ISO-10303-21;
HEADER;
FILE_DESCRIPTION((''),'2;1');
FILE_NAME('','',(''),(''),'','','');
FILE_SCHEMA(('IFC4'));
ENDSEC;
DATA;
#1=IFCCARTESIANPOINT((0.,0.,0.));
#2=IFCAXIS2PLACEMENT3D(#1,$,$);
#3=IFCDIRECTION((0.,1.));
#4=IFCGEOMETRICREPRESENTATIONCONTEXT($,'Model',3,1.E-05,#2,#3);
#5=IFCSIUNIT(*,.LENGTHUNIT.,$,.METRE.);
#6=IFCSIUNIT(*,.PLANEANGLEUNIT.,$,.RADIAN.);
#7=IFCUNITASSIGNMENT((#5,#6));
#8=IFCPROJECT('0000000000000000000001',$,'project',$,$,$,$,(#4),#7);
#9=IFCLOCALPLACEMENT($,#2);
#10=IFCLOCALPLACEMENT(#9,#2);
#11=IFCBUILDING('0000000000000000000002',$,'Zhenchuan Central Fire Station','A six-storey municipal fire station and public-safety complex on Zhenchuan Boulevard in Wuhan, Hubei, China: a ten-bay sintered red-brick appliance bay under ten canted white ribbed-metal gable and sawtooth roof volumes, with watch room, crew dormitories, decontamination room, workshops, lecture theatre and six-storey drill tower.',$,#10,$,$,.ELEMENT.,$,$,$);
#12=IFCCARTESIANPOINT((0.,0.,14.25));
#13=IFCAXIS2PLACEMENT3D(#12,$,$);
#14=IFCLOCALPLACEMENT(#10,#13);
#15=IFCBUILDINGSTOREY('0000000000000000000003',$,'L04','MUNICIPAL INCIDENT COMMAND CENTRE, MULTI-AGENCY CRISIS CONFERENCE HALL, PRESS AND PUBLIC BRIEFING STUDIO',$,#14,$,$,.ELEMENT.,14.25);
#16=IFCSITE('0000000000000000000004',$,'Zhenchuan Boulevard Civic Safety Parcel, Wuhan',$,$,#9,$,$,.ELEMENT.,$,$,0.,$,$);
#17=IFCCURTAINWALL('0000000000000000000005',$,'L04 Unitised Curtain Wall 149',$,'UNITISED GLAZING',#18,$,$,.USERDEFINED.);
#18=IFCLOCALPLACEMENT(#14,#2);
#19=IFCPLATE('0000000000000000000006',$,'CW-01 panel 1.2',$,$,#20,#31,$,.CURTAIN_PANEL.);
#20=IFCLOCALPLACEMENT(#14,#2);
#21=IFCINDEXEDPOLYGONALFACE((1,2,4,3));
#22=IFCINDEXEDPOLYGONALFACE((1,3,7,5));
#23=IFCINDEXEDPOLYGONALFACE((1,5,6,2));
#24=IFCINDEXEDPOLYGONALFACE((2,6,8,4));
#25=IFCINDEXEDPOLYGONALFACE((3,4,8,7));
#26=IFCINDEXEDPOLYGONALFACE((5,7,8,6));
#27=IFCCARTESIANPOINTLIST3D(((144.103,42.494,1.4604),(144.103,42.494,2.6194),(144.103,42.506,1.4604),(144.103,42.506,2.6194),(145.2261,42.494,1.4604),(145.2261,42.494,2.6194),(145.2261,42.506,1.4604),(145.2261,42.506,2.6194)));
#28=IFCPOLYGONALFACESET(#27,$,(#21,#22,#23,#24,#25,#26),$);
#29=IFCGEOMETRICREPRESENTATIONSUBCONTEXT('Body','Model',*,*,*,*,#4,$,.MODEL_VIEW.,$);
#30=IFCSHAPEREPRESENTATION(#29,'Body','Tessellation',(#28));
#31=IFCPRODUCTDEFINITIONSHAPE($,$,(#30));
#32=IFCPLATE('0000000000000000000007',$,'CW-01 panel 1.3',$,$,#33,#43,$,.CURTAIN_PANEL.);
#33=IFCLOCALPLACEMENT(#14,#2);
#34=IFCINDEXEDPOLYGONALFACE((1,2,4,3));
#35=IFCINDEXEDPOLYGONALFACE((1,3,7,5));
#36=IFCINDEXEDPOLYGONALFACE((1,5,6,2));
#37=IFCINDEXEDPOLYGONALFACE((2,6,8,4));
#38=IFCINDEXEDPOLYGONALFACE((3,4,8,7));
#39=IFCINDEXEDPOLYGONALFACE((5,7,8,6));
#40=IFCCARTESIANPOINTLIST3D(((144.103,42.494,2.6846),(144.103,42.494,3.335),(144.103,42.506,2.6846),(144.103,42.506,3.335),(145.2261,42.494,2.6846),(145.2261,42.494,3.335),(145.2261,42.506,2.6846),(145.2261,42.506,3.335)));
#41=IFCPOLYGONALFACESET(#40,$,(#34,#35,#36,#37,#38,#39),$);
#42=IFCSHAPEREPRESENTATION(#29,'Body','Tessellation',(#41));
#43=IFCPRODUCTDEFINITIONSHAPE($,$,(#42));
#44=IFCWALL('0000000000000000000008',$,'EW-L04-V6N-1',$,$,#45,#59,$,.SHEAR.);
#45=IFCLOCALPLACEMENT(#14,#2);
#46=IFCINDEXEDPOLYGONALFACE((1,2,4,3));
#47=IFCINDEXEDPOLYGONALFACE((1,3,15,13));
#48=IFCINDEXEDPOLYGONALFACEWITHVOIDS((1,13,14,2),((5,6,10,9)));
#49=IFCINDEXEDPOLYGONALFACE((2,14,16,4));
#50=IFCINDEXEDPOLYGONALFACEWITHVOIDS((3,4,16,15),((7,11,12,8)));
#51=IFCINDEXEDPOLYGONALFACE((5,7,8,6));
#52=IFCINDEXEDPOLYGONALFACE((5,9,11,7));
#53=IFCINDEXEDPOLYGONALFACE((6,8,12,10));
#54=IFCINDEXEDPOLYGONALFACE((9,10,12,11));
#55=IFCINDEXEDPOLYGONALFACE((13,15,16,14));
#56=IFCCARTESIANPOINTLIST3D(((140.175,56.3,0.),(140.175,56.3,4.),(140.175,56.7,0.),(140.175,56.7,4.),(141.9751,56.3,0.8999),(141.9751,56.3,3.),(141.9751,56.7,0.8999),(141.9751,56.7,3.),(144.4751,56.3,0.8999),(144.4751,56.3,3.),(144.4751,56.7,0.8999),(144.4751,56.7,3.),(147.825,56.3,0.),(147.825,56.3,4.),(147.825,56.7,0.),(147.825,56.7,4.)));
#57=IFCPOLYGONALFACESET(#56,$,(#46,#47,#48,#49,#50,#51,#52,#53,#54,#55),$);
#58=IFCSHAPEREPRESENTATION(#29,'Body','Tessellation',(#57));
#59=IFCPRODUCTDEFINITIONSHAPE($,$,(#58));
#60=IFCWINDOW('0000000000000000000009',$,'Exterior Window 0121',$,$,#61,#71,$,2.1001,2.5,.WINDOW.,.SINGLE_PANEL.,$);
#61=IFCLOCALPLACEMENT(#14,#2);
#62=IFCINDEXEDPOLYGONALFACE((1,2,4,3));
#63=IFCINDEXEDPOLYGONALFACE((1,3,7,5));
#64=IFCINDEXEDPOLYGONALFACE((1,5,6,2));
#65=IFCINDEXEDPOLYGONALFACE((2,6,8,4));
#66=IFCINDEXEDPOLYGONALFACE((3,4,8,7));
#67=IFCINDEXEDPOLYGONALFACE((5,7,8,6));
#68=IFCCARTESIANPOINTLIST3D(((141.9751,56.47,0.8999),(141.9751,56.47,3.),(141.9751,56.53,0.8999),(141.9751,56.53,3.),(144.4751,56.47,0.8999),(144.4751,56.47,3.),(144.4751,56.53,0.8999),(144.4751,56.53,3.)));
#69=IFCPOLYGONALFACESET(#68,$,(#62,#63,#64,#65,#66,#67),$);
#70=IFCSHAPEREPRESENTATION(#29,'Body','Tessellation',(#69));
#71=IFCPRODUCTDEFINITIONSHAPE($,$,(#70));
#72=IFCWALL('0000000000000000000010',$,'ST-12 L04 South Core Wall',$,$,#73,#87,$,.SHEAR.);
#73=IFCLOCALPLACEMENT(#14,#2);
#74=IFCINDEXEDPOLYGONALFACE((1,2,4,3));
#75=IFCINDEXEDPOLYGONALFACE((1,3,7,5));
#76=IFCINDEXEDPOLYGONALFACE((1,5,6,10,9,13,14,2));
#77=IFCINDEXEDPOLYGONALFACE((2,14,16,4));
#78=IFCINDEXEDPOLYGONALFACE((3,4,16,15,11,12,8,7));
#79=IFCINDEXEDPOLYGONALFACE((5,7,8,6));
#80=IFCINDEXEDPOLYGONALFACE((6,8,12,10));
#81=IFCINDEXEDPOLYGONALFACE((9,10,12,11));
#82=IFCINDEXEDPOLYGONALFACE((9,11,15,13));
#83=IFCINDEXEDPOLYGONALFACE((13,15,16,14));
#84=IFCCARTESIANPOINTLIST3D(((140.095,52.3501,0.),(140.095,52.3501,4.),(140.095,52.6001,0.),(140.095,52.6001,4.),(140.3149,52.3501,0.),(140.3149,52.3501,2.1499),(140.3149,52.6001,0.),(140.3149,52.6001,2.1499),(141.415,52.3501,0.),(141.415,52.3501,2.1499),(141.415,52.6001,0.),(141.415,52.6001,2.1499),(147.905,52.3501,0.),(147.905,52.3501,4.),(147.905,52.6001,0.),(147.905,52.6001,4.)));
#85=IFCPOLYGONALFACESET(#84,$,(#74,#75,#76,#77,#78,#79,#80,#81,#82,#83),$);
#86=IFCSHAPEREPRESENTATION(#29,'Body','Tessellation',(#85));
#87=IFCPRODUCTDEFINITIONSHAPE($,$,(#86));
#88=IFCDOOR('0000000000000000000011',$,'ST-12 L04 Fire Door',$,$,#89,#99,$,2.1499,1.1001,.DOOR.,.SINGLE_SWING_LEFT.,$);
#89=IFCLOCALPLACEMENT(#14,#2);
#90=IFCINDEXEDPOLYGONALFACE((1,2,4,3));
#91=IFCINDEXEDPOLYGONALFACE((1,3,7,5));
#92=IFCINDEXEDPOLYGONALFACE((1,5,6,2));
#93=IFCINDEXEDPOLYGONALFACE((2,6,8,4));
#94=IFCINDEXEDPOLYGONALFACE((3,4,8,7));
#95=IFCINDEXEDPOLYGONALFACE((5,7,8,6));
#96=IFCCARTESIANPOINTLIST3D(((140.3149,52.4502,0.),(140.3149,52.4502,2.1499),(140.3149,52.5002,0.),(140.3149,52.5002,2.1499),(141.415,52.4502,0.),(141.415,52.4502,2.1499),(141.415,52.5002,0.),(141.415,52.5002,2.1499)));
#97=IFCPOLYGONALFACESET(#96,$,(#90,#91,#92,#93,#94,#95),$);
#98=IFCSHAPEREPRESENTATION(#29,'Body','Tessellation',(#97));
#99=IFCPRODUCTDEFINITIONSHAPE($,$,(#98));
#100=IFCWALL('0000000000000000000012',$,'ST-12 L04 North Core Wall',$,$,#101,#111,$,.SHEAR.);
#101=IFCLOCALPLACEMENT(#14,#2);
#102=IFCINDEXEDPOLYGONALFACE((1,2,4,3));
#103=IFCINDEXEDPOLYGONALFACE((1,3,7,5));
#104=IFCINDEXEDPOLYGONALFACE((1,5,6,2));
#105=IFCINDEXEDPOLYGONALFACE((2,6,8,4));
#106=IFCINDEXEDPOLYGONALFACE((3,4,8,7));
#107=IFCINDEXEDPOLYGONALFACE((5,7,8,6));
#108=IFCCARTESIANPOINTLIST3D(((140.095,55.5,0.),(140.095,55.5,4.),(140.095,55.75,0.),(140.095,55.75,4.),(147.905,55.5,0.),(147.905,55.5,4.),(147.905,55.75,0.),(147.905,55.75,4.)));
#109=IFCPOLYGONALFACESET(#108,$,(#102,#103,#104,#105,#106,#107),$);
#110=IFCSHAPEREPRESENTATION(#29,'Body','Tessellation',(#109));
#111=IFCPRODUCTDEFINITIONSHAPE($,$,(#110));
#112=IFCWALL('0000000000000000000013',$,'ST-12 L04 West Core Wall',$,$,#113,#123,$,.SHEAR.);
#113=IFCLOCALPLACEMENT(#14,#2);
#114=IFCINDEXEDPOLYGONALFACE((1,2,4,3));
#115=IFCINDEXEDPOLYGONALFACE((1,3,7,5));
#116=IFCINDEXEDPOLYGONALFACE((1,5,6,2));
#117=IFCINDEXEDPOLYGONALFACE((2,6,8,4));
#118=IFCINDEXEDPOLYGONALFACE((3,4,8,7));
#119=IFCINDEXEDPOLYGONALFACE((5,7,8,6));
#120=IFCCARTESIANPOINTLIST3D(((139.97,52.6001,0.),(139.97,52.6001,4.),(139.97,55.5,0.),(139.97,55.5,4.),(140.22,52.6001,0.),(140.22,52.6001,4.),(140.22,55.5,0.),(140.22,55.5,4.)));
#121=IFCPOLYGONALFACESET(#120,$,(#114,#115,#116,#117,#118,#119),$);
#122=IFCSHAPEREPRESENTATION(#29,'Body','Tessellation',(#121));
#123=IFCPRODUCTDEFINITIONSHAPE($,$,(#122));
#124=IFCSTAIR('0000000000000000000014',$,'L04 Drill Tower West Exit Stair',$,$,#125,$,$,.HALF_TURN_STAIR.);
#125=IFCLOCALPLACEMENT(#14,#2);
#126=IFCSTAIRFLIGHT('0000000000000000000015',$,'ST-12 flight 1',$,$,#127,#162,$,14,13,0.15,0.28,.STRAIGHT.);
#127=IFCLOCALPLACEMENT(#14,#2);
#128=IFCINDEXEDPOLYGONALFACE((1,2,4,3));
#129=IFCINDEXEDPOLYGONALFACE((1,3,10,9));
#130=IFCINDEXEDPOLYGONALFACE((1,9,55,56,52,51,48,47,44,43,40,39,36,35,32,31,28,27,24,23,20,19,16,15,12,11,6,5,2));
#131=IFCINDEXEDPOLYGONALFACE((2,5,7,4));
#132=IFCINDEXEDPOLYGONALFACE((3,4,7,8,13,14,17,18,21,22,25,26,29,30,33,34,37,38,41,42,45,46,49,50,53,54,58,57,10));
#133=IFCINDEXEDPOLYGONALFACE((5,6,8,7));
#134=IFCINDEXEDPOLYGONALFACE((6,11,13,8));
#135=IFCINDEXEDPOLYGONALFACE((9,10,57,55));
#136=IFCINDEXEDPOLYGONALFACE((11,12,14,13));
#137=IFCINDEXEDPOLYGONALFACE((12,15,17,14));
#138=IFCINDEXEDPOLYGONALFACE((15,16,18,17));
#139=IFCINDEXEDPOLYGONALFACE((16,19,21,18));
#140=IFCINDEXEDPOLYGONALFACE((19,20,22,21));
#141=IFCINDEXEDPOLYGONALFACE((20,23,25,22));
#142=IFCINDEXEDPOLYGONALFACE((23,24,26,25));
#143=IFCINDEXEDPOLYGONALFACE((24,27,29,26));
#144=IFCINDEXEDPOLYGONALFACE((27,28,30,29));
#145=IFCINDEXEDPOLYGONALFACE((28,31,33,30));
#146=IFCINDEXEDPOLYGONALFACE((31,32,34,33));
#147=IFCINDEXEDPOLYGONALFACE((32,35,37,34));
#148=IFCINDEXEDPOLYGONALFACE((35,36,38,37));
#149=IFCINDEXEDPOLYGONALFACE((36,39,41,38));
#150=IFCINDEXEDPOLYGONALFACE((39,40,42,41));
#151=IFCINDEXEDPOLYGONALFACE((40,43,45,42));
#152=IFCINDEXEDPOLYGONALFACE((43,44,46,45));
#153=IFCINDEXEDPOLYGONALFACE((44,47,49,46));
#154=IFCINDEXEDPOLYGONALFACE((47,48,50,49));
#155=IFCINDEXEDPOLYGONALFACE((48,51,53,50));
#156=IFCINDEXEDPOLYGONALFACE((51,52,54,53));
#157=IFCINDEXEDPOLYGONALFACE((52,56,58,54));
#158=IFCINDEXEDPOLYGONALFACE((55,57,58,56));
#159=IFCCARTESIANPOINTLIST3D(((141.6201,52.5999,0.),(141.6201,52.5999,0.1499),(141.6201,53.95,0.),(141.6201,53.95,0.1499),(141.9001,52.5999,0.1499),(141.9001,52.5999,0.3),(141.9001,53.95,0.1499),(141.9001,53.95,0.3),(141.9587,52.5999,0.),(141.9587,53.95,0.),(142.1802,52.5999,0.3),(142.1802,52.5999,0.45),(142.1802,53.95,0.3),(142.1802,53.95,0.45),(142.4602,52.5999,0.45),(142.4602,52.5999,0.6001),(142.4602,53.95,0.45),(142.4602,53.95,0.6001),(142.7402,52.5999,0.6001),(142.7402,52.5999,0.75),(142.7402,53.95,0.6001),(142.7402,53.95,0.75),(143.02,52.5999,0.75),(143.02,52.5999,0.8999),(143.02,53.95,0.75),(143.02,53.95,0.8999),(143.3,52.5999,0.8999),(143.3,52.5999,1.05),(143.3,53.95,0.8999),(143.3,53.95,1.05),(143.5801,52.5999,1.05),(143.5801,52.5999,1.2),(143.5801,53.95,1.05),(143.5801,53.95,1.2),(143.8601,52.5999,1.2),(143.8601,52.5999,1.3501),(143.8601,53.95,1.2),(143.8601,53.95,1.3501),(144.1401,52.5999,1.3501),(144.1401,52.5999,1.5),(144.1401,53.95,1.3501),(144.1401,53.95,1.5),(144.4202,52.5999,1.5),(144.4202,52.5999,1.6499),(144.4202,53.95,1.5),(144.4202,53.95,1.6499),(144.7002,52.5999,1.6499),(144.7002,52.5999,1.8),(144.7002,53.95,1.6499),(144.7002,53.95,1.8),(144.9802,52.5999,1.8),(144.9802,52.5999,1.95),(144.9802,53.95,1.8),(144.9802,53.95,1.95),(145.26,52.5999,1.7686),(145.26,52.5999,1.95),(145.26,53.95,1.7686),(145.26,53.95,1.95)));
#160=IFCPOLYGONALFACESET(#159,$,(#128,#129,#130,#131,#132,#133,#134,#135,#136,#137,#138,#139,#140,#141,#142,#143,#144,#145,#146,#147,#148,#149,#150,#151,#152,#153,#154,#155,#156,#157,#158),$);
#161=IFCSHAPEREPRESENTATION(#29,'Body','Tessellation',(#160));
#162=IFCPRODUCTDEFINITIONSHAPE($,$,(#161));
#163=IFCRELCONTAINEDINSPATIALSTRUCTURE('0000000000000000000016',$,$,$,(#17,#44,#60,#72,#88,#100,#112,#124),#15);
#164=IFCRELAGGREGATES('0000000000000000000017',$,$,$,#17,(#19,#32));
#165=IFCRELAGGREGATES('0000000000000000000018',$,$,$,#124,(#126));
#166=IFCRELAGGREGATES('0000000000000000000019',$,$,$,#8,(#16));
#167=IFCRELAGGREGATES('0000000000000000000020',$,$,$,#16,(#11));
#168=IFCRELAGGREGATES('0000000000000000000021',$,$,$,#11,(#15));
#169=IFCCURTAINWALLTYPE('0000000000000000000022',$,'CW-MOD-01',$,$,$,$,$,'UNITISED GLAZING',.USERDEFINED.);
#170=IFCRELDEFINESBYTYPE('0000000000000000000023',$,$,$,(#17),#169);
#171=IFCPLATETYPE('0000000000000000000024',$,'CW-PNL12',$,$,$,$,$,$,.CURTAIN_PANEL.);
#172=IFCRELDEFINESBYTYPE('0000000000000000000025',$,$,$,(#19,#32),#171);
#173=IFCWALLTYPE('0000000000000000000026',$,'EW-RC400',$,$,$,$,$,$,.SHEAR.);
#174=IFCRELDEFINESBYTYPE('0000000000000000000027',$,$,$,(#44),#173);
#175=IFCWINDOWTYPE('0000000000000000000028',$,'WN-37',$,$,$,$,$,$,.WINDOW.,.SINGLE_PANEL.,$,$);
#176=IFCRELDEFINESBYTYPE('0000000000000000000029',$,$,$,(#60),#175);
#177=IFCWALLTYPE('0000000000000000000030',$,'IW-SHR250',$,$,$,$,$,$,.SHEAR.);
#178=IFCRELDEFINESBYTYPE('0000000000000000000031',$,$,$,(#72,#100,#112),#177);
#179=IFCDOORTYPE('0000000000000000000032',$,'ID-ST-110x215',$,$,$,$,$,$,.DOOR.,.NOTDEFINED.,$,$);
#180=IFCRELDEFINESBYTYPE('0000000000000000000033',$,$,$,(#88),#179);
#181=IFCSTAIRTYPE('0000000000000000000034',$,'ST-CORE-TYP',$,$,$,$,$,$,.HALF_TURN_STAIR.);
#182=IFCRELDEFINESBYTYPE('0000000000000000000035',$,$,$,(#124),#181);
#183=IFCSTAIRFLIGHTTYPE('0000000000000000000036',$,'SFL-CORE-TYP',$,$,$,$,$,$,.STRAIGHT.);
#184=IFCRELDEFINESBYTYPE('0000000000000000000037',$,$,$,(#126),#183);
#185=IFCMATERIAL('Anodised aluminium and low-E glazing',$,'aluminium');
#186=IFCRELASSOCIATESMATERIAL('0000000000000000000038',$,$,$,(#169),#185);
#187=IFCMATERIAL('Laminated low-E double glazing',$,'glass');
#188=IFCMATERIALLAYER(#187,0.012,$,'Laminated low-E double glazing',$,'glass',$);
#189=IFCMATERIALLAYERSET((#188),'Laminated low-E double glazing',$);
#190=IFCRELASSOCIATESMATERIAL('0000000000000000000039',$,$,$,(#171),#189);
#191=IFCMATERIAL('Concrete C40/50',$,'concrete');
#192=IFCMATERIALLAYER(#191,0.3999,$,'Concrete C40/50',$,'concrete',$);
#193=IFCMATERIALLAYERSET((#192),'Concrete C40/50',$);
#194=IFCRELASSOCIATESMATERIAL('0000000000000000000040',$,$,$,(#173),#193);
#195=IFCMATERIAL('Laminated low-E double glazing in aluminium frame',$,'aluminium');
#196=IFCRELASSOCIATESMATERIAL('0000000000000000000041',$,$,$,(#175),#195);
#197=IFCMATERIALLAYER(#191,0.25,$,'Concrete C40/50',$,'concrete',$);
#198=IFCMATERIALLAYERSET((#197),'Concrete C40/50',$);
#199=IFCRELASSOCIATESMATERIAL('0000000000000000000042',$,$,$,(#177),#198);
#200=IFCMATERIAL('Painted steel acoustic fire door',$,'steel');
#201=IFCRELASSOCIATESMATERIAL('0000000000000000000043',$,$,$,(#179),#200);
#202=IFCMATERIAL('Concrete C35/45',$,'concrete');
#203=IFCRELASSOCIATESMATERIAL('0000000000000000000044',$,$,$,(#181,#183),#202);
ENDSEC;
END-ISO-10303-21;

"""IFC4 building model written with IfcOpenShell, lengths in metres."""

from ifc_helpers import new_model, si_unit, direction, frame, frame_2d, origin, origin_2d, place, context, subcontext, project, spatial, polyline, rectangle, outline, extrude, material, layer, layer_set, type_object, element, fill, aggregate, save


model = new_model("IFC4")

# Units and contexts
model_context = context("Model", 3, precision=1e-05, world=origin(), true_north=direction((0.0, 1.0)))
body_context = subcontext(model_context, "Body", "Model", "MODEL_VIEW")
ifc_project = project(units=[si_unit("LENGTHUNIT", "METRE"), si_unit("PLANEANGLEUNIT", "RADIAN")], contexts=[model_context])

# Site, building, storey
site_placement = place(None, origin())
site = spatial("IfcSite", under=ifc_project, at=site_placement, Name="Zhenchuan Boulevard Civic Safety Parcel, Wuhan", CompositionType="ELEMENT", RefElevation=0.0)
building_placement = place(site_placement, origin())
building = spatial("IfcBuilding", under=site, at=building_placement, Name="Zhenchuan Central Fire Station", Description="A six-storey municipal fire station and public-safety complex on Zhenchuan Boulevard in Wuhan, Hubei, China: a ten-bay sintered red-brick appliance bay under ten canted white ribbed-metal gable and sawtooth roof volumes, with watch room, crew dormitories, decontamination room, workshops, lecture theatre and six-storey drill tower.", CompositionType="ELEMENT")
storey_placement = place(building_placement, frame((0.0, 0.0, 14.25)))
storey = spatial("IfcBuildingStorey", under=building, at=storey_placement, Name="L04", Description="MUNICIPAL INCIDENT COMMAND CENTRE, MULTI-AGENCY CRISIS CONFERENCE HALL, PRESS AND PUBLIC BRIEFING STUDIO", CompositionType="ELEMENT", Elevation=14.25)

# Curtain wall
ifc_material_1 = material(Name="Anodised aluminium and low-E glazing", Category="aluminium")
curtain_wall_type = type_object("IfcCurtainWallType", Name="CW-MOD-01", ElementType="UNITISED GLAZING", PredefinedType="USERDEFINED", material=ifc_material_1)
curtain_wall_placement = place(storey_placement, origin())
curtain_wall = element("IfcCurtainWall", 1, at=curtain_wall_placement, inside=storey, type_object=curtain_wall_type, Name="L04 Unitised Curtain Wall 149", ObjectType="UNITISED GLAZING", PredefinedType="USERDEFINED")

# Plates
ifc_material_2 = material(Name="Laminated low-E double glazing", Category="glass")
ifc_layer_1 = layer(ifc_material_2, 0.012, Name="Laminated low-E double glazing", Category="glass")
ifc_layer_set_1 = layer_set([ifc_layer_1], Name="Laminated low-E double glazing")
plate_type = type_object("IfcPlateType", Name="CW-PNL12", PredefinedType="CURTAIN_PANEL", material=ifc_layer_set_1)
plate_1_placement = place(storey_placement, frame((144.6646, 42.5, 1.4604), z_axis=(0.0, 0.0, 1.0), x_axis=(1.0, 0.0, 0.0)))
plate_1 = element("IfcPlate", 2, at=plate_1_placement, type_object=plate_type, Name="CW-01 panel 1.2", PredefinedType="CURTAIN_PANEL", context=body_context, shape_type="SweptSolid", body=[
    extrude(rectangle(XDim=1.123, YDim=0.012, at=origin_2d()), origin(), (0.0, 0.0, 1.0), 1.1589),
])
plate_2_placement = place(storey_placement, frame((144.6646, 42.5, 2.6846), z_axis=(0.0, 0.0, 1.0), x_axis=(1.0, 0.0, 0.0)))
plate_2 = element("IfcPlate", 3, at=plate_2_placement, type_object=plate_type, Name="CW-01 panel 1.3", PredefinedType="CURTAIN_PANEL", context=body_context, shape_type="SweptSolid", body=[
    extrude(rectangle(XDim=1.123, YDim=0.012, at=origin_2d()), origin(), (0.0, 0.0, 1.0), 0.6504),
])
aggregate(curtain_wall, [plate_1, plate_2])

# Wall, opening, window
ifc_material_3 = material(Name="Concrete C40/50", Category="concrete")
ifc_layer_2 = layer(ifc_material_3, 0.3999, Name="Concrete C40/50", Category="concrete")
ifc_layer_set_2 = layer_set([ifc_layer_2], Name="Concrete C40/50")
wall_type_1 = type_object("IfcWallType", Name="EW-RC400", PredefinedType="SHEAR", material=ifc_layer_set_2)
wall_1_placement = place(storey_placement, frame((140.175, 56.5, 0.0), z_axis=(0.0, 0.0, 1.0), x_axis=(1.0, 0.0, 0.0)))
wall_1 = element("IfcWall", 4, at=wall_1_placement, inside=storey, type_object=wall_type_1, Name="EW-L04-V6N-1", PredefinedType="SHEAR", context=body_context, shape_type="SweptSolid", body=[
    extrude(rectangle(XDim=7.6499, YDim=0.3999, at=frame_2d((3.825, 0.0))), origin(), (0.0, 0.0, 1.0), 4.0),
])
opening_1_placement = place(wall_1_placement, frame((1.8, 0.0, 0.8999)))
opening_1 = element("IfcOpeningElement", 5, at=opening_1_placement, cuts=wall_1, PredefinedType="OPENING", context=body_context, shape_type="SweptSolid", body=[
    extrude(rectangle(XDim=2.5, YDim=2.1001, at=frame_2d((1.25, 1.05))), frame((0.0, 0.21, 0.0), z_axis=(0.0, -1.0, 0.0), x_axis=(1.0, 0.0, 0.0)), (0.0, 0.0, 1.0), 0.4199),
])
ifc_material_4 = material(Name="Laminated low-E double glazing in aluminium frame", Category="aluminium")
window_type = type_object("IfcWindowType", Name="WN-37", PartitioningType="SINGLE_PANEL", PredefinedType="WINDOW", material=ifc_material_4)
window_placement = place(opening_1_placement, origin())
window = element("IfcWindow", 6, at=window_placement, inside=storey, type_object=window_type, Name="Exterior Window 0121", OverallHeight=2.1001, OverallWidth=2.5, PartitioningType="SINGLE_PANEL", PredefinedType="WINDOW", context=body_context, shape_type="SweptSolid", body=[
    extrude(rectangle(XDim=2.5, YDim=2.1001, at=frame_2d((1.25, 1.05))), frame((0.0, 0.03, 0.0), z_axis=(0.0, -1.0, 0.0), x_axis=(1.0, 0.0, 0.0)), (0.0, 0.0, 1.0), 0.0601),
])
fill(opening_1, window)

# Wall, opening, door
ifc_layer_3 = layer(ifc_material_3, 0.25, Name="Concrete C40/50", Category="concrete")
ifc_layer_set_3 = layer_set([ifc_layer_3], Name="Concrete C40/50")
wall_type_2 = type_object("IfcWallType", Name="IW-SHR250", PredefinedType="SHEAR", material=ifc_layer_set_3)
wall_2_placement = place(storey_placement, frame((140.095, 52.4751, 0.0), z_axis=(0.0, 0.0, 1.0), x_axis=(1.0, 0.0, 0.0)))
wall_2 = element("IfcWall", 7, at=wall_2_placement, inside=storey, type_object=wall_type_2, Name="ST-12 L04 South Core Wall", PredefinedType="SHEAR", context=body_context, shape_type="SweptSolid", body=[
    extrude(rectangle(XDim=7.8101, YDim=0.25, at=frame_2d((3.905, 0.0))), origin(), (0.0, 0.0, 1.0), 4.0),
])
opening_2_placement = place(wall_2_placement, frame((0.22, 0.0, 0.0)))
opening_2 = element("IfcOpeningElement", 8, at=opening_2_placement, cuts=wall_2, PredefinedType="OPENING", context=body_context, shape_type="SweptSolid", body=[
    extrude(rectangle(XDim=1.1001, YDim=2.1499, at=frame_2d((0.55, 1.075))), frame((0.0, 0.135, 0.0), z_axis=(0.0, -1.0, 0.0), x_axis=(1.0, 0.0, 0.0)), (0.0, 0.0, 1.0), 0.27),
])
ifc_material_5 = material(Name="Painted steel acoustic fire door", Category="steel")
door_type = type_object("IfcDoorType", Name="ID-ST-110x215", OperationType="NOTDEFINED", PredefinedType="DOOR", material=ifc_material_5)
door_placement = place(opening_2_placement, frame((1.1001, 0.0, 0.0), z_axis=(0.0, 0.0, 1.0), x_axis=(-1.0, 0.0, 0.0)))
door = element("IfcDoor", 9, at=door_placement, inside=storey, type_object=door_type, Name="ST-12 L04 Fire Door", OperationType="SINGLE_SWING_LEFT", OverallHeight=2.1499, OverallWidth=1.1001, PredefinedType="DOOR", context=body_context, shape_type="SweptSolid", body=[
    extrude(rectangle(XDim=1.1001, YDim=2.1499, at=frame_2d((0.55, 1.075))), frame((0.0, 0.0249, 0.0), z_axis=(0.0, -1.0, 0.0), x_axis=(1.0, 0.0, 0.0)), (0.0, 0.0, 1.0), 0.05),
])
fill(opening_2, door)

# Walls
wall_3_placement = place(storey_placement, frame((140.095, 55.625, 0.0), z_axis=(0.0, 0.0, 1.0), x_axis=(1.0, 0.0, 0.0)))
element("IfcWall", 10, at=wall_3_placement, inside=storey, type_object=wall_type_2, Name="ST-12 L04 North Core Wall", PredefinedType="SHEAR", context=body_context, shape_type="SweptSolid", body=[
    extrude(rectangle(XDim=7.8101, YDim=0.25, at=frame_2d((3.905, 0.0))), origin(), (0.0, 0.0, 1.0), 4.0),
])
wall_4_placement = place(storey_placement, frame((140.095, 52.6001, 0.0), z_axis=(0.0, 0.0, 1.0), x_axis=(0.0, 1.0, 0.0)))
element("IfcWall", 11, at=wall_4_placement, inside=storey, type_object=wall_type_2, Name="ST-12 L04 West Core Wall", PredefinedType="SHEAR", context=body_context, shape_type="SweptSolid", body=[
    extrude(rectangle(XDim=2.8999, YDim=0.25, at=frame_2d((1.45, 0.0))), origin(), (0.0, 0.0, 1.0), 4.0),
])

# Stair, stair flight
ifc_material_6 = material(Name="Concrete C35/45", Category="concrete")
stair_type = type_object("IfcStairType", Name="ST-CORE-TYP", PredefinedType="HALF_TURN_STAIR", material=ifc_material_6)
stair_placement = place(storey_placement, origin())
stair = element("IfcStair", 12, at=stair_placement, inside=storey, type_object=stair_type, Name="L04 Drill Tower West Exit Stair", PredefinedType="HALF_TURN_STAIR")
stair_flight_type = type_object("IfcStairFlightType", Name="SFL-CORE-TYP", PredefinedType="STRAIGHT", material=ifc_material_6)
stair_flight_1_placement = place(storey_placement, frame((141.6201, 53.2749, 0.0), z_axis=(0.0, 0.0, 1.0), x_axis=(1.0, 0.0, 0.0)))
stair_flight_1 = element("IfcStairFlight", 13, at=stair_flight_1_placement, type_object=stair_flight_type, Name="ST-12 flight 1", NumberOfRisers=14, NumberOfTreads=13, PredefinedType="STRAIGHT", RiserHeight=0.15, TreadLength=0.28, context=body_context, shape_type="SweptSolid", body=[
    extrude(outline(polyline([(0.0, 0.0), (0.0, 0.1499), (0.28, 0.1499), (0.28, 0.3), (0.5601, 0.3), (0.5601, 0.45), (0.8401, 0.45), (0.8401, 0.6001), (1.1201, 0.6001), (1.1201, 0.75), (1.3999, 0.75), (1.3999, 0.8999), (1.6799, 0.8999), (1.6799, 1.05), (1.96, 1.05), (1.96, 1.2), (2.24, 1.2), (2.24, 1.3501), (2.52, 1.3501), (2.52, 1.5), (2.8, 1.5), (2.8, 1.6499), (3.0801, 1.6499), (3.0801, 1.8), (3.3601, 1.8), (3.3601, 1.95), (3.6399, 1.95), (3.6399, 2.1001), (3.6399, 1.7686), (0.3386, 0.0), (0.0, 0.0)])), frame((0.0, 0.675, 0.0), z_axis=(0.0, -1.0, 0.0), x_axis=(1.0, 0.0, 0.0)), (0.0, 0.0, 1.0), 1.3501),
])
aggregate(stair, [stair_flight_1])

save(model, "model.ifc")
